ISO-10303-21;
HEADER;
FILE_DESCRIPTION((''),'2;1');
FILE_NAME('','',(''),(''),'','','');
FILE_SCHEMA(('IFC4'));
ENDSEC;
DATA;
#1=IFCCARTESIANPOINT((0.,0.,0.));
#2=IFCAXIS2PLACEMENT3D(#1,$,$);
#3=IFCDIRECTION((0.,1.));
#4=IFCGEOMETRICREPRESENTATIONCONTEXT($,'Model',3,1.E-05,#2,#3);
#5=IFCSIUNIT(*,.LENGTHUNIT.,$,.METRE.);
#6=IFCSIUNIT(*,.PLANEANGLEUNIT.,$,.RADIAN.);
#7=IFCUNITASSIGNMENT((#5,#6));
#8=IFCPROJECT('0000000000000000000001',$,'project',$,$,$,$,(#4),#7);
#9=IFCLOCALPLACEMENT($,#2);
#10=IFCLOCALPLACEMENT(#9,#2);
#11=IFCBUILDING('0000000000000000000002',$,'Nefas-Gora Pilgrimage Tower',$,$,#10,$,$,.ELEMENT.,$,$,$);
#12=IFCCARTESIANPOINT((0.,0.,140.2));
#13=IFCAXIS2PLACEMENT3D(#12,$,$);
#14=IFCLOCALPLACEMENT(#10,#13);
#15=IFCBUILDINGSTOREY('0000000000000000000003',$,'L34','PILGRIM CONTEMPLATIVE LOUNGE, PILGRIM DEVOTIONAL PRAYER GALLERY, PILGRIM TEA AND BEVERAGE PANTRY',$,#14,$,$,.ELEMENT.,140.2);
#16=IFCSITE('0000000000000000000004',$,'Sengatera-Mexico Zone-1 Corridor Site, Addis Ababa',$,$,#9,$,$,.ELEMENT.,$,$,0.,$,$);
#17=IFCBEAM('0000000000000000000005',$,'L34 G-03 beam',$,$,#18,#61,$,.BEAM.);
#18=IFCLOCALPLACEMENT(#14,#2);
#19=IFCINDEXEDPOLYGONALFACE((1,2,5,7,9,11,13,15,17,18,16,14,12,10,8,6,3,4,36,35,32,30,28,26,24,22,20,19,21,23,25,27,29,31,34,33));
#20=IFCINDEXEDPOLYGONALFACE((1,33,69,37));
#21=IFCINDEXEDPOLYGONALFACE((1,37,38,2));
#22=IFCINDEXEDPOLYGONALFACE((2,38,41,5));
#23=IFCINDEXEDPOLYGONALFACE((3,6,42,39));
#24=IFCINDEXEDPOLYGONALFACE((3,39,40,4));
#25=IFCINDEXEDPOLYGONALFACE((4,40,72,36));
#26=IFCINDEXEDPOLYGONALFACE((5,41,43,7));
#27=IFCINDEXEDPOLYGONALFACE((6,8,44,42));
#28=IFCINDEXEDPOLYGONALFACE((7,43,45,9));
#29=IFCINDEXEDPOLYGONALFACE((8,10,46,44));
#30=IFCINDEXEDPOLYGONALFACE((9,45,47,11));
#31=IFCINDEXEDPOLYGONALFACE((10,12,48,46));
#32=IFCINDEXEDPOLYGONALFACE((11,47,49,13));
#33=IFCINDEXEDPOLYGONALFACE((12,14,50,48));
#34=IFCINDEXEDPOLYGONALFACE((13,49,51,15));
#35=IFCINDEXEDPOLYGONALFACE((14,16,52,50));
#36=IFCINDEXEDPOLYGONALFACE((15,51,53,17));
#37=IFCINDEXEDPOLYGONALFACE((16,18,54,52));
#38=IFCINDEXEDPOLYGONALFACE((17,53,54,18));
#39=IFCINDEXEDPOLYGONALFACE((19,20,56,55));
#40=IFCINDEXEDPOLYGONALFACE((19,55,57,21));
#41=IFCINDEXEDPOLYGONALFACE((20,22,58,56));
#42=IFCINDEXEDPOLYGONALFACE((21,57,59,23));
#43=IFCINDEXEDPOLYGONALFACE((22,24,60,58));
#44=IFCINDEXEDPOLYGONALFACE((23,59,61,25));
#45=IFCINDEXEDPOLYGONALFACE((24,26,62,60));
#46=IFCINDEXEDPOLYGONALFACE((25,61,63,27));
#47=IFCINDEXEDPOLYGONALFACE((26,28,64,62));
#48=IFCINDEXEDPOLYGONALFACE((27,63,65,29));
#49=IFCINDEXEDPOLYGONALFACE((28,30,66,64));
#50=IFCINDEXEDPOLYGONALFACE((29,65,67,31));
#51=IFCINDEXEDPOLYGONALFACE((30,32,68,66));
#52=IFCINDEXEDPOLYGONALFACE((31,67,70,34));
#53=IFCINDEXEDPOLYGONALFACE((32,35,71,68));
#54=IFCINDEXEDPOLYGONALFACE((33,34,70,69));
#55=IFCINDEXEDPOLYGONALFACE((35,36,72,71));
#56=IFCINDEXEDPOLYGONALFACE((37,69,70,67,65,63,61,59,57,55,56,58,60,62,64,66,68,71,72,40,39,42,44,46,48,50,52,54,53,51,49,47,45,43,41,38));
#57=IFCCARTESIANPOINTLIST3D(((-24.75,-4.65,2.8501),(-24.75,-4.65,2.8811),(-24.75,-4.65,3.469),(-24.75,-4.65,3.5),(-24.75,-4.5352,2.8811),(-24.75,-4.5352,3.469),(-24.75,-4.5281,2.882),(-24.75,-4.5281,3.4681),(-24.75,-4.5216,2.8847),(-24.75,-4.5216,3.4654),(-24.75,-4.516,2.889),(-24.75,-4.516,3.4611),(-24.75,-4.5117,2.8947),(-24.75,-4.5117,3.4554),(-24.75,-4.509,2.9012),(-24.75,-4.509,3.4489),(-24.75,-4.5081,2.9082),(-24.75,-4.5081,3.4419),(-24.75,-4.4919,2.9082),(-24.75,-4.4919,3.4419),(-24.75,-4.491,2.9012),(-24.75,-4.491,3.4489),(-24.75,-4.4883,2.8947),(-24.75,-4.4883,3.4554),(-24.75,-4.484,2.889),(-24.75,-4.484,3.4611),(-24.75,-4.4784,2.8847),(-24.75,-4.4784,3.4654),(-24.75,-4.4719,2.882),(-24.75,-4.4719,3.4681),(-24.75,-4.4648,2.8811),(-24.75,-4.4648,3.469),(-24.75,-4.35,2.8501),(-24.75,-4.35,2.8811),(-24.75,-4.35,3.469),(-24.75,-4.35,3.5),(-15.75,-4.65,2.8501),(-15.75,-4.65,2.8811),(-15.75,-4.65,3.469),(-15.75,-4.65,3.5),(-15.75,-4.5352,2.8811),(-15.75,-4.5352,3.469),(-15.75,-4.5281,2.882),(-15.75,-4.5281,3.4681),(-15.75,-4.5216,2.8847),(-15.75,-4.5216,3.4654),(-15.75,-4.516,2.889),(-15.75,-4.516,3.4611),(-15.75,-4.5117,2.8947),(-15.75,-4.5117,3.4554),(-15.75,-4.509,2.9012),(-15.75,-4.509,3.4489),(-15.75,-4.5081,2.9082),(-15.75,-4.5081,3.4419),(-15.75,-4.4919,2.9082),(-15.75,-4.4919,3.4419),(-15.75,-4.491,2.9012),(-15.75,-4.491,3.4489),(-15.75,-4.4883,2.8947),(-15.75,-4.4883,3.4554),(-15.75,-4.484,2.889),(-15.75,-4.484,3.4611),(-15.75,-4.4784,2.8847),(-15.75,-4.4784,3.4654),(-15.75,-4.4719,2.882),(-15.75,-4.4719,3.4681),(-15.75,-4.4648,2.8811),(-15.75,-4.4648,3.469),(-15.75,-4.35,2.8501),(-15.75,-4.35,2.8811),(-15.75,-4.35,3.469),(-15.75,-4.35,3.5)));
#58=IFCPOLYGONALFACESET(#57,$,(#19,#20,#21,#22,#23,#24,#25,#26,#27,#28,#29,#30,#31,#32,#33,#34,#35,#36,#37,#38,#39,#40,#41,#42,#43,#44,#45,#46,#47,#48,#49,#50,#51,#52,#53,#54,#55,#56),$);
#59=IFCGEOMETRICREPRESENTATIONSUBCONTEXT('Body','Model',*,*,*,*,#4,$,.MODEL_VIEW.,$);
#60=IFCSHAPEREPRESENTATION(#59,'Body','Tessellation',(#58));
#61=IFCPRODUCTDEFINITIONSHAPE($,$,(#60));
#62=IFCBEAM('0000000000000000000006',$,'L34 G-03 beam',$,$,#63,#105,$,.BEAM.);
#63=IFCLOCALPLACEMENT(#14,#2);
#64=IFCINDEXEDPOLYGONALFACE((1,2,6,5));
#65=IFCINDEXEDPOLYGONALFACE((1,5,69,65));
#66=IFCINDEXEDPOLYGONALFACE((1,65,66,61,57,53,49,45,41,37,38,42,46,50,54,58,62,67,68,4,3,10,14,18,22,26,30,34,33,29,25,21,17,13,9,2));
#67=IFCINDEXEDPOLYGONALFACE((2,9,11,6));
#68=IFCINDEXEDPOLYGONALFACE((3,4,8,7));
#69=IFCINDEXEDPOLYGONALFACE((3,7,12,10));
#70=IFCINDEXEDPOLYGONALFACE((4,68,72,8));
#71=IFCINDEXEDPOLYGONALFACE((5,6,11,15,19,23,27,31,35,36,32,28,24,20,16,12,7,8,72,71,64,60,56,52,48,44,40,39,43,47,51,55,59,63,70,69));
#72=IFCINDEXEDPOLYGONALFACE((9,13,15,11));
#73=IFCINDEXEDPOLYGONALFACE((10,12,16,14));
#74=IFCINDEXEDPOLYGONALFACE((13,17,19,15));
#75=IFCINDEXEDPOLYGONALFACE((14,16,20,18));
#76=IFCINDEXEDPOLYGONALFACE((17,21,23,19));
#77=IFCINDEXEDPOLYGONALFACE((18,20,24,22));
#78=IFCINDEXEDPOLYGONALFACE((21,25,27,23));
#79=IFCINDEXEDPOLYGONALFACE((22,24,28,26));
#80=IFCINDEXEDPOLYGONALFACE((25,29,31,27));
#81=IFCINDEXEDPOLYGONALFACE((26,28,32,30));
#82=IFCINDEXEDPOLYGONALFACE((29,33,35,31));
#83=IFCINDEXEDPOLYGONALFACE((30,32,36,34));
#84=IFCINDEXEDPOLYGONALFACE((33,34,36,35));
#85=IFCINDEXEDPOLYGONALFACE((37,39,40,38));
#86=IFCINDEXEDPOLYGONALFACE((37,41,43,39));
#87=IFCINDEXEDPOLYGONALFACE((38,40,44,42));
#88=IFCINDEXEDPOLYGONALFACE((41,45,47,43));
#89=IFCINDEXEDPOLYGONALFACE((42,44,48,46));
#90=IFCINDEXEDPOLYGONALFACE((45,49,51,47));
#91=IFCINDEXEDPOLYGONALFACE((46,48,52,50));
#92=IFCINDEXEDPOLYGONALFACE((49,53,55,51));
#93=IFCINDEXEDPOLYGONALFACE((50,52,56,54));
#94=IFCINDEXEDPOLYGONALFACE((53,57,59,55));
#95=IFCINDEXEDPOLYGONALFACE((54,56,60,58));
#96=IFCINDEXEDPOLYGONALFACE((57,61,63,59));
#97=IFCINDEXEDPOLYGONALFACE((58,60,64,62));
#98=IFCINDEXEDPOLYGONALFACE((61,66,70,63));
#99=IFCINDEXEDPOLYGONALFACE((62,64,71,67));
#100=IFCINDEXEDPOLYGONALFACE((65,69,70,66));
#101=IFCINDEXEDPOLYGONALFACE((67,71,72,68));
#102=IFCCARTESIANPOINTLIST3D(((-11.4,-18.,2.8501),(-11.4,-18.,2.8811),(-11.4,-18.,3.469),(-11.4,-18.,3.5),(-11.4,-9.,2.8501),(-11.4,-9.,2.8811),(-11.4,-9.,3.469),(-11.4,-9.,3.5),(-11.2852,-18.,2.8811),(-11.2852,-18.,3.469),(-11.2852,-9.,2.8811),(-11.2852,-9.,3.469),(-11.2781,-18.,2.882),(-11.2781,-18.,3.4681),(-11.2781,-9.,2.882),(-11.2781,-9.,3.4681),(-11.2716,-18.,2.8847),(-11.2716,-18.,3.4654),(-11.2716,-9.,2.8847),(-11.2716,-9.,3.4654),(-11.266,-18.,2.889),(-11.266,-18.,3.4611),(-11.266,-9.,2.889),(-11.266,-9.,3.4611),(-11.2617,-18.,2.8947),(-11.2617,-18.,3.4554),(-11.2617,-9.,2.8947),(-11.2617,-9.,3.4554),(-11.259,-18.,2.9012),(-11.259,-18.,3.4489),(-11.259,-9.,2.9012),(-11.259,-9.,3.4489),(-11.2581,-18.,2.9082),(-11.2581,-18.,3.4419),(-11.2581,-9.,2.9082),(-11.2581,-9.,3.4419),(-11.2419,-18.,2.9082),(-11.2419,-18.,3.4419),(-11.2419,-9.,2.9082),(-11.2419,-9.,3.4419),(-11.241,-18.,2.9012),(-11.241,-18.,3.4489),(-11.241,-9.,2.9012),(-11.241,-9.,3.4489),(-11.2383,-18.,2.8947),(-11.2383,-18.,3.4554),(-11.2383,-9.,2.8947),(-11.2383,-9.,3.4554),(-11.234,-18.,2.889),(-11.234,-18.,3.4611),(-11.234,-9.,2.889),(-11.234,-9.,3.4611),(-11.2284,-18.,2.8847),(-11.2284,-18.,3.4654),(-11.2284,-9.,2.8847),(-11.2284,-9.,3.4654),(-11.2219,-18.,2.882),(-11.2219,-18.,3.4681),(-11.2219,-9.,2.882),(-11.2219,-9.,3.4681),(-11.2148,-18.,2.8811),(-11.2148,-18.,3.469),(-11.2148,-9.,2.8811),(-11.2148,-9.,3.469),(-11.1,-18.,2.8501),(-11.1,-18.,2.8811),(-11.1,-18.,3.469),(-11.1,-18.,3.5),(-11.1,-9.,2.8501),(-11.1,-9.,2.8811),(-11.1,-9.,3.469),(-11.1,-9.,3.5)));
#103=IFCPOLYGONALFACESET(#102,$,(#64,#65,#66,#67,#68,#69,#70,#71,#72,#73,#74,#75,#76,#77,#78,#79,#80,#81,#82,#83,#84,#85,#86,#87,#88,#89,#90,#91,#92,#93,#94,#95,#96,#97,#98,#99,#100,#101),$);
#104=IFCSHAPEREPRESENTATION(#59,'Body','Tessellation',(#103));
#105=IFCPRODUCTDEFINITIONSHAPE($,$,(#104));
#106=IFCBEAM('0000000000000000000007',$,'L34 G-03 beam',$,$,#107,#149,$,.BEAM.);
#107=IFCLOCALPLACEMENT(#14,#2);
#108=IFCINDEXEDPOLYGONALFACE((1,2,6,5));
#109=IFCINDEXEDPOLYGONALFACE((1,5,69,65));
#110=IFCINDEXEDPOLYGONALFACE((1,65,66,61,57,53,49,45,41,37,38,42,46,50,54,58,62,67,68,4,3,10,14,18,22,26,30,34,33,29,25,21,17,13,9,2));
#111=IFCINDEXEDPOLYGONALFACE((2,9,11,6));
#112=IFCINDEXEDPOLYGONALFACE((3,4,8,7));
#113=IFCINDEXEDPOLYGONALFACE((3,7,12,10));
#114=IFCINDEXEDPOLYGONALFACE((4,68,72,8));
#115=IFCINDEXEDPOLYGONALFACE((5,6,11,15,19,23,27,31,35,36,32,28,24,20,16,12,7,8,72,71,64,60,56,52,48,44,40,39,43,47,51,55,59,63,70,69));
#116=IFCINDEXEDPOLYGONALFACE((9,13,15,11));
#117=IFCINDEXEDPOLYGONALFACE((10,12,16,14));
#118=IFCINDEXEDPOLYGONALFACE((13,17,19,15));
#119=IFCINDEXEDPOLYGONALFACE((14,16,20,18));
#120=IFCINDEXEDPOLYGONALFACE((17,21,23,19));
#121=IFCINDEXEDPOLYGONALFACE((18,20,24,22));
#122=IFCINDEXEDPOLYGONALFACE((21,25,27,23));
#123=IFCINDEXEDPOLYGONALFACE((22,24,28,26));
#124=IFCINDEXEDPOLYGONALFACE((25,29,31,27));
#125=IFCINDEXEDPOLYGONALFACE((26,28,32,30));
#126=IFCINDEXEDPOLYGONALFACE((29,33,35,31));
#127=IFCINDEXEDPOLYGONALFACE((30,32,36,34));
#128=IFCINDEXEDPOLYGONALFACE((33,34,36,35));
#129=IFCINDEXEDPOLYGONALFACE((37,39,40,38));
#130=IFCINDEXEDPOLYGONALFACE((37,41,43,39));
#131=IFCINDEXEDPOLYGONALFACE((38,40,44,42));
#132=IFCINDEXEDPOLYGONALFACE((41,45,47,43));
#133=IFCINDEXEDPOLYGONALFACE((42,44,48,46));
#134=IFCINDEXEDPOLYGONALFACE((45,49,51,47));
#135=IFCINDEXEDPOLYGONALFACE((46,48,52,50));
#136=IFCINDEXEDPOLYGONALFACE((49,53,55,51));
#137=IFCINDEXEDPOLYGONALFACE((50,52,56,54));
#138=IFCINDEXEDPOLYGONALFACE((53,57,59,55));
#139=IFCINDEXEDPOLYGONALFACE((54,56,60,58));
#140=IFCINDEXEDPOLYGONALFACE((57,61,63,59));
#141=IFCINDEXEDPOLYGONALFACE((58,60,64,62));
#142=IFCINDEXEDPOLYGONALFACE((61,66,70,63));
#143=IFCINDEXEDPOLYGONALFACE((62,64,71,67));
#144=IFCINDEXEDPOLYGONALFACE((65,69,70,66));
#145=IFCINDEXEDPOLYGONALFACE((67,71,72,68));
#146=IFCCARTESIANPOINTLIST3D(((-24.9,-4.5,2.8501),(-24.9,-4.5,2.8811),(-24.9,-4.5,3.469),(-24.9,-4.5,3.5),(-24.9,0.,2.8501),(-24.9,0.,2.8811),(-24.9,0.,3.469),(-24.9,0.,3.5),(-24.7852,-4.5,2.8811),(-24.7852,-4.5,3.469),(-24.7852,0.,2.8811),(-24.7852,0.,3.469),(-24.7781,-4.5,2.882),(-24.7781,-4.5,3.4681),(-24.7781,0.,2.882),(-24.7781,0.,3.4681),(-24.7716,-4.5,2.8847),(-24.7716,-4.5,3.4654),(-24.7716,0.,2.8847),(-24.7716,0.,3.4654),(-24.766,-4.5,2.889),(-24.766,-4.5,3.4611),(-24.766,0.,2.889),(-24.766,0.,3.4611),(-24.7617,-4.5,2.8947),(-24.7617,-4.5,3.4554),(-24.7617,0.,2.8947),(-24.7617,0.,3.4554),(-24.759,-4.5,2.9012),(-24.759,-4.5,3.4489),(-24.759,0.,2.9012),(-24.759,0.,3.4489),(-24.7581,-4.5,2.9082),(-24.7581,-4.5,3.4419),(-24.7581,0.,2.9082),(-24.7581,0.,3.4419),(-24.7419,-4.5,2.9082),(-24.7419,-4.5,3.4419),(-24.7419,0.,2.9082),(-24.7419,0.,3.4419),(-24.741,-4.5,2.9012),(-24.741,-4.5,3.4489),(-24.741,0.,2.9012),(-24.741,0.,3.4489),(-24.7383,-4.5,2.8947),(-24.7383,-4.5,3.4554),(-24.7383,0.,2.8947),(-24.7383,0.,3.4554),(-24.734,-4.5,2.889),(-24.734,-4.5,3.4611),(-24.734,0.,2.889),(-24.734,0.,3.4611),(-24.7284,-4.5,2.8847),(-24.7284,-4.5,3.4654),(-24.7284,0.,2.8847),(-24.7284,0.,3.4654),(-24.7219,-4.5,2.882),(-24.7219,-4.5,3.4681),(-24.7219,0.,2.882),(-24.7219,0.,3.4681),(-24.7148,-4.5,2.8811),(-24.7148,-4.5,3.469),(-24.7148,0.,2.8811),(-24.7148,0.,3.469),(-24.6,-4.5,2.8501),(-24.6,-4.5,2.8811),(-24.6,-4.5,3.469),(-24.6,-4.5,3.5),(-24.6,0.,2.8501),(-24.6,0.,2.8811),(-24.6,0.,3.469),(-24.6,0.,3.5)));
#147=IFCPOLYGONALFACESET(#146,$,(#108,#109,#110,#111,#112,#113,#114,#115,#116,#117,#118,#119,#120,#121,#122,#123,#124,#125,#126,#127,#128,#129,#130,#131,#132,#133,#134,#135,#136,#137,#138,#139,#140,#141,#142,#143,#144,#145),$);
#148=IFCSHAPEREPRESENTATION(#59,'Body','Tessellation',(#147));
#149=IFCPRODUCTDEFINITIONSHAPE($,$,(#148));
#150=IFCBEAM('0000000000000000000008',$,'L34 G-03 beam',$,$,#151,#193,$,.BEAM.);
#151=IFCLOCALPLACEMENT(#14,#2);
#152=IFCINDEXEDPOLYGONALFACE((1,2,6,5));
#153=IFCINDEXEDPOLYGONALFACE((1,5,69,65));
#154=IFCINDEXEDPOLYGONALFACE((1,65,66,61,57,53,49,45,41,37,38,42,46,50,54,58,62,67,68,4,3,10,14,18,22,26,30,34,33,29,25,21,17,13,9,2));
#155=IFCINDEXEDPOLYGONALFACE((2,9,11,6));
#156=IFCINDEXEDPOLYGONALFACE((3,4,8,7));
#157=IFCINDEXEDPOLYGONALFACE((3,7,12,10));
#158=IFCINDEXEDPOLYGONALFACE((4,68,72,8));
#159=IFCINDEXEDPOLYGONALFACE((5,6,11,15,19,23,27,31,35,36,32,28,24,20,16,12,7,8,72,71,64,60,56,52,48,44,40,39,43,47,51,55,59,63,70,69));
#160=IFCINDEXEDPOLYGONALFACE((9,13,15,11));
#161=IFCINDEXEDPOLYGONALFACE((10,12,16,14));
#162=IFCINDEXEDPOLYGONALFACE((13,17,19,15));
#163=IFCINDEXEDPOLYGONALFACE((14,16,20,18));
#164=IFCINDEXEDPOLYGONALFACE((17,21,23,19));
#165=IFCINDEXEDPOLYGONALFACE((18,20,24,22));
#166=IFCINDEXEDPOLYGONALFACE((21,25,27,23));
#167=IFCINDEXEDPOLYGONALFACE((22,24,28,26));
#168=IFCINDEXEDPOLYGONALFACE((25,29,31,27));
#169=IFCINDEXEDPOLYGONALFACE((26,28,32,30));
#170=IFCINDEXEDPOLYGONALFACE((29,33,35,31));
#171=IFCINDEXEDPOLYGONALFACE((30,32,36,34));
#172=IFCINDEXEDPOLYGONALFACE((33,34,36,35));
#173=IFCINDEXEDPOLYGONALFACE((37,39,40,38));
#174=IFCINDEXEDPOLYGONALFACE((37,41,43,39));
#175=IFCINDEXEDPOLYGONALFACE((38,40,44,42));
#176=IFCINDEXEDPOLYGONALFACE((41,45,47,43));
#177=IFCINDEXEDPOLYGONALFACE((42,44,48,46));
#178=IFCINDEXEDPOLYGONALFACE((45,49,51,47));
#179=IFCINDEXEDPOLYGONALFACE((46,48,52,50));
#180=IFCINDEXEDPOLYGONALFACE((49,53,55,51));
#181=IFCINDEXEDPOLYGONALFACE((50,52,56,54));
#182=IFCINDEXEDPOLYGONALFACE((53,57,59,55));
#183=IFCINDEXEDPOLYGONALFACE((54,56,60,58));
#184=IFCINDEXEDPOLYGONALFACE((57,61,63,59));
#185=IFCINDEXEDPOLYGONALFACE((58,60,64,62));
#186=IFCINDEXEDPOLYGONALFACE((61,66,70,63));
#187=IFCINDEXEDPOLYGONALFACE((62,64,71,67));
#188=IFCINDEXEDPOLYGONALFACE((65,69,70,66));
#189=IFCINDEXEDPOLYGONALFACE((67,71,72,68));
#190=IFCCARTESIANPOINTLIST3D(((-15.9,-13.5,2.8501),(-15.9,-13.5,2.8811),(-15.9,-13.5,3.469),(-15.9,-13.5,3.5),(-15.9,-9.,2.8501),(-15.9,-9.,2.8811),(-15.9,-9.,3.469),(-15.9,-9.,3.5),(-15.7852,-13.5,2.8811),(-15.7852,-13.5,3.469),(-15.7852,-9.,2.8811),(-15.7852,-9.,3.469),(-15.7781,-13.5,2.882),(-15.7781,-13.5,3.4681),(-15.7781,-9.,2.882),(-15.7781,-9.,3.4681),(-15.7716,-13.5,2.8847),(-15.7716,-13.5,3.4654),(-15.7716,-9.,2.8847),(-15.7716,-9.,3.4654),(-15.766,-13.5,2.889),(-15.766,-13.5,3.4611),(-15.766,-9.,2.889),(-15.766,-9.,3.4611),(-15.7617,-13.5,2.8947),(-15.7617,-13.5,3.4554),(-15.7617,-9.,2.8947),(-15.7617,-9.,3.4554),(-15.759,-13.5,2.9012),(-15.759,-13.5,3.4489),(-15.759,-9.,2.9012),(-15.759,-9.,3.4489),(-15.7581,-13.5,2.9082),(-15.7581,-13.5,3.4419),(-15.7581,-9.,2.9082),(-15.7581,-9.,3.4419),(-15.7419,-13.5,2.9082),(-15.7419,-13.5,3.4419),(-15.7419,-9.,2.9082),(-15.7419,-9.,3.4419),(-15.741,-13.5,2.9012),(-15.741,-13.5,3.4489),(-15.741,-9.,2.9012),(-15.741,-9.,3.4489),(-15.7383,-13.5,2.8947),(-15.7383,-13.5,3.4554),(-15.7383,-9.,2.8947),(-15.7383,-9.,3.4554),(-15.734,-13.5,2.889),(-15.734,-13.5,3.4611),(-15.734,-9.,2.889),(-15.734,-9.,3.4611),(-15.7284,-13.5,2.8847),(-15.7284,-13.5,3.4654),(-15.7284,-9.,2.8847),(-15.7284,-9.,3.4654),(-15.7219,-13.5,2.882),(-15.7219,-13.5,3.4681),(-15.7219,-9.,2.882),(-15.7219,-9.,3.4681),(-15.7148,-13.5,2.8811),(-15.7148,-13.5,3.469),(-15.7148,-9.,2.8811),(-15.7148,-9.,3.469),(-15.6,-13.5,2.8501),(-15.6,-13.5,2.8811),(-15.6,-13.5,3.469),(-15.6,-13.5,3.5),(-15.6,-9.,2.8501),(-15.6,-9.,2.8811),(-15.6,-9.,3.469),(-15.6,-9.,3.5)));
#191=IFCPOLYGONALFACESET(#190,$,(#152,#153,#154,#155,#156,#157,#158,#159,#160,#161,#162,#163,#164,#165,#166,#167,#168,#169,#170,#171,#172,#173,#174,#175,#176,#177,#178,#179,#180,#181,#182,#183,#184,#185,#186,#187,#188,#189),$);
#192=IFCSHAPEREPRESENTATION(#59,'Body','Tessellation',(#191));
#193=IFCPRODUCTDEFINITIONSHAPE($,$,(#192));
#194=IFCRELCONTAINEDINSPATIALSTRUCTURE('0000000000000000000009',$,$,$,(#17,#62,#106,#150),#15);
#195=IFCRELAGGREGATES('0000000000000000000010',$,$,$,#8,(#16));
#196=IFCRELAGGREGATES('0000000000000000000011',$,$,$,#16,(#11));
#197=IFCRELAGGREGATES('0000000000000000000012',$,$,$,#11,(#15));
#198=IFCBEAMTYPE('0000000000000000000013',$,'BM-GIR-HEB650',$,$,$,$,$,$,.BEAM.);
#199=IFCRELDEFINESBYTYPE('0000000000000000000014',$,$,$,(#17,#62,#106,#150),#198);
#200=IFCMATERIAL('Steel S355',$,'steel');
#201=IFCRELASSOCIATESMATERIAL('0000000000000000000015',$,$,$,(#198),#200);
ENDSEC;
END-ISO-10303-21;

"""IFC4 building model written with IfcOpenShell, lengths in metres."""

from ifc_helpers import new_model, si_unit, direction, frame, origin, origin_2d, place, context, subcontext, project, spatial, i_section, extrude, source, transform, mapped, material, material_profile, profile_set, type_object, element, save


model = new_model("IFC4")

# Units and contexts
model_context = context("Model", 3, precision=1e-05, world=origin(), true_north=direction((0.0, 1.0)))
body_context = subcontext(model_context, "Body", "Model", "MODEL_VIEW")
ifc_project = project(units=[si_unit("LENGTHUNIT", "METRE"), si_unit("PLANEANGLEUNIT", "RADIAN")], contexts=[model_context])

# Site, building, storey
site_placement = place(None, origin())
site = spatial("IfcSite", under=ifc_project, at=site_placement, Name="Sengatera-Mexico Zone-1 Corridor Site, Addis Ababa", CompositionType="ELEMENT", RefElevation=0.0)
building_placement = place(site_placement, origin())
building = spatial("IfcBuilding", under=site, at=building_placement, Name="Nefas-Gora Pilgrimage Tower", CompositionType="ELEMENT")
storey_placement = place(building_placement, frame((0.0, 0.0, 140.2)))
storey = spatial("IfcBuildingStorey", under=building, at=storey_placement, Name="L34", Description="PILGRIM CONTEMPLATIVE LOUNGE, PILGRIM DEVOTIONAL PRAYER GALLERY, PILGRIM TEA AND BEVERAGE PANTRY", CompositionType="ELEMENT", Elevation=140.2)

# Beams
ifc_material_1 = material(Name="Steel S355", Category="steel")
ifc_material_profile_1 = material_profile(ifc_material_1, i_section(OverallWidth=0.3, OverallDepth=0.6499, WebThickness=0.0161, FlangeThickness=0.031, FilletRadius=0.0271, at=origin_2d()), Name="HEB 650")
ifc_profile_set_1 = profile_set([ifc_material_profile_1], Name="Steel S355")
beam_type = type_object("IfcBeamType", Name="BM-GIR-HEB650", PredefinedType="BEAM", material=ifc_profile_set_1)
shared_shape_1 = source(origin(), body_context, "Body", "SweptSolid", [
    extrude(i_section(OverallWidth=0.3, OverallDepth=0.6499, WebThickness=0.0161, FlangeThickness=0.031, FilletRadius=0.0271, at=origin_2d()), origin(), (0.0, 0.0, 1.0), 9.0),
])
for number, where, z_axis, x_axis, name in (
    (1, (-24.75, -4.5, 3.175), (1.0, 0.0, 0.0), (0.0, 1.0, 0.0), "L34 G-03 beam"),
    (2, (-11.25, -18.0, 3.175), (0.0, 1.0, 0.0), (-1.0, 0.0, 0.0), "L34 G-03 beam"),
):
    element("IfcBeam", number, at=place(storey_placement, frame(where, z_axis=z_axis, x_axis=x_axis)), inside=storey, type_object=beam_type, Name=name, PredefinedType="BEAM", context=body_context, shape_type="MappedRepresentation", body=[
        mapped(shared_shape_1, transform((0.0, 0.0, 0.0), x_axis=(1.0, 0.0, 0.0), y_axis=(0.0, 1.0, 0.0), z_axis=(0.0, 0.0, 1.0), scale=1.0)),
    ])
shared_shape_2 = source(origin(), body_context, "Body", "SweptSolid", [
    extrude(i_section(OverallWidth=0.3, OverallDepth=0.6499, WebThickness=0.0161, FlangeThickness=0.031, FilletRadius=0.0271, at=origin_2d()), origin(), (0.0, 0.0, 1.0), 4.5),
])
for number, where, z_axis, x_axis, name in (
    (3, (-24.75, -4.5, 3.175), (0.0, 1.0, 0.0), (-1.0, 0.0, 0.0), "L34 G-03 beam"),
    (4, (-15.75, -13.5, 3.175), (0.0, 1.0, 0.0), (-1.0, 0.0, 0.0), "L34 G-03 beam"),
):
    element("IfcBeam", number, at=place(storey_placement, frame(where, z_axis=z_axis, x_axis=x_axis)), inside=storey, type_object=beam_type, Name=name, PredefinedType="BEAM", context=body_context, shape_type="MappedRepresentation", body=[
        mapped(shared_shape_2, transform((0.0, 0.0, 0.0), x_axis=(1.0, 0.0, 0.0), y_axis=(0.0, 1.0, 0.0), z_axis=(0.0, 0.0, 1.0), scale=1.0)),
    ])

save(model, "model.ifc")
